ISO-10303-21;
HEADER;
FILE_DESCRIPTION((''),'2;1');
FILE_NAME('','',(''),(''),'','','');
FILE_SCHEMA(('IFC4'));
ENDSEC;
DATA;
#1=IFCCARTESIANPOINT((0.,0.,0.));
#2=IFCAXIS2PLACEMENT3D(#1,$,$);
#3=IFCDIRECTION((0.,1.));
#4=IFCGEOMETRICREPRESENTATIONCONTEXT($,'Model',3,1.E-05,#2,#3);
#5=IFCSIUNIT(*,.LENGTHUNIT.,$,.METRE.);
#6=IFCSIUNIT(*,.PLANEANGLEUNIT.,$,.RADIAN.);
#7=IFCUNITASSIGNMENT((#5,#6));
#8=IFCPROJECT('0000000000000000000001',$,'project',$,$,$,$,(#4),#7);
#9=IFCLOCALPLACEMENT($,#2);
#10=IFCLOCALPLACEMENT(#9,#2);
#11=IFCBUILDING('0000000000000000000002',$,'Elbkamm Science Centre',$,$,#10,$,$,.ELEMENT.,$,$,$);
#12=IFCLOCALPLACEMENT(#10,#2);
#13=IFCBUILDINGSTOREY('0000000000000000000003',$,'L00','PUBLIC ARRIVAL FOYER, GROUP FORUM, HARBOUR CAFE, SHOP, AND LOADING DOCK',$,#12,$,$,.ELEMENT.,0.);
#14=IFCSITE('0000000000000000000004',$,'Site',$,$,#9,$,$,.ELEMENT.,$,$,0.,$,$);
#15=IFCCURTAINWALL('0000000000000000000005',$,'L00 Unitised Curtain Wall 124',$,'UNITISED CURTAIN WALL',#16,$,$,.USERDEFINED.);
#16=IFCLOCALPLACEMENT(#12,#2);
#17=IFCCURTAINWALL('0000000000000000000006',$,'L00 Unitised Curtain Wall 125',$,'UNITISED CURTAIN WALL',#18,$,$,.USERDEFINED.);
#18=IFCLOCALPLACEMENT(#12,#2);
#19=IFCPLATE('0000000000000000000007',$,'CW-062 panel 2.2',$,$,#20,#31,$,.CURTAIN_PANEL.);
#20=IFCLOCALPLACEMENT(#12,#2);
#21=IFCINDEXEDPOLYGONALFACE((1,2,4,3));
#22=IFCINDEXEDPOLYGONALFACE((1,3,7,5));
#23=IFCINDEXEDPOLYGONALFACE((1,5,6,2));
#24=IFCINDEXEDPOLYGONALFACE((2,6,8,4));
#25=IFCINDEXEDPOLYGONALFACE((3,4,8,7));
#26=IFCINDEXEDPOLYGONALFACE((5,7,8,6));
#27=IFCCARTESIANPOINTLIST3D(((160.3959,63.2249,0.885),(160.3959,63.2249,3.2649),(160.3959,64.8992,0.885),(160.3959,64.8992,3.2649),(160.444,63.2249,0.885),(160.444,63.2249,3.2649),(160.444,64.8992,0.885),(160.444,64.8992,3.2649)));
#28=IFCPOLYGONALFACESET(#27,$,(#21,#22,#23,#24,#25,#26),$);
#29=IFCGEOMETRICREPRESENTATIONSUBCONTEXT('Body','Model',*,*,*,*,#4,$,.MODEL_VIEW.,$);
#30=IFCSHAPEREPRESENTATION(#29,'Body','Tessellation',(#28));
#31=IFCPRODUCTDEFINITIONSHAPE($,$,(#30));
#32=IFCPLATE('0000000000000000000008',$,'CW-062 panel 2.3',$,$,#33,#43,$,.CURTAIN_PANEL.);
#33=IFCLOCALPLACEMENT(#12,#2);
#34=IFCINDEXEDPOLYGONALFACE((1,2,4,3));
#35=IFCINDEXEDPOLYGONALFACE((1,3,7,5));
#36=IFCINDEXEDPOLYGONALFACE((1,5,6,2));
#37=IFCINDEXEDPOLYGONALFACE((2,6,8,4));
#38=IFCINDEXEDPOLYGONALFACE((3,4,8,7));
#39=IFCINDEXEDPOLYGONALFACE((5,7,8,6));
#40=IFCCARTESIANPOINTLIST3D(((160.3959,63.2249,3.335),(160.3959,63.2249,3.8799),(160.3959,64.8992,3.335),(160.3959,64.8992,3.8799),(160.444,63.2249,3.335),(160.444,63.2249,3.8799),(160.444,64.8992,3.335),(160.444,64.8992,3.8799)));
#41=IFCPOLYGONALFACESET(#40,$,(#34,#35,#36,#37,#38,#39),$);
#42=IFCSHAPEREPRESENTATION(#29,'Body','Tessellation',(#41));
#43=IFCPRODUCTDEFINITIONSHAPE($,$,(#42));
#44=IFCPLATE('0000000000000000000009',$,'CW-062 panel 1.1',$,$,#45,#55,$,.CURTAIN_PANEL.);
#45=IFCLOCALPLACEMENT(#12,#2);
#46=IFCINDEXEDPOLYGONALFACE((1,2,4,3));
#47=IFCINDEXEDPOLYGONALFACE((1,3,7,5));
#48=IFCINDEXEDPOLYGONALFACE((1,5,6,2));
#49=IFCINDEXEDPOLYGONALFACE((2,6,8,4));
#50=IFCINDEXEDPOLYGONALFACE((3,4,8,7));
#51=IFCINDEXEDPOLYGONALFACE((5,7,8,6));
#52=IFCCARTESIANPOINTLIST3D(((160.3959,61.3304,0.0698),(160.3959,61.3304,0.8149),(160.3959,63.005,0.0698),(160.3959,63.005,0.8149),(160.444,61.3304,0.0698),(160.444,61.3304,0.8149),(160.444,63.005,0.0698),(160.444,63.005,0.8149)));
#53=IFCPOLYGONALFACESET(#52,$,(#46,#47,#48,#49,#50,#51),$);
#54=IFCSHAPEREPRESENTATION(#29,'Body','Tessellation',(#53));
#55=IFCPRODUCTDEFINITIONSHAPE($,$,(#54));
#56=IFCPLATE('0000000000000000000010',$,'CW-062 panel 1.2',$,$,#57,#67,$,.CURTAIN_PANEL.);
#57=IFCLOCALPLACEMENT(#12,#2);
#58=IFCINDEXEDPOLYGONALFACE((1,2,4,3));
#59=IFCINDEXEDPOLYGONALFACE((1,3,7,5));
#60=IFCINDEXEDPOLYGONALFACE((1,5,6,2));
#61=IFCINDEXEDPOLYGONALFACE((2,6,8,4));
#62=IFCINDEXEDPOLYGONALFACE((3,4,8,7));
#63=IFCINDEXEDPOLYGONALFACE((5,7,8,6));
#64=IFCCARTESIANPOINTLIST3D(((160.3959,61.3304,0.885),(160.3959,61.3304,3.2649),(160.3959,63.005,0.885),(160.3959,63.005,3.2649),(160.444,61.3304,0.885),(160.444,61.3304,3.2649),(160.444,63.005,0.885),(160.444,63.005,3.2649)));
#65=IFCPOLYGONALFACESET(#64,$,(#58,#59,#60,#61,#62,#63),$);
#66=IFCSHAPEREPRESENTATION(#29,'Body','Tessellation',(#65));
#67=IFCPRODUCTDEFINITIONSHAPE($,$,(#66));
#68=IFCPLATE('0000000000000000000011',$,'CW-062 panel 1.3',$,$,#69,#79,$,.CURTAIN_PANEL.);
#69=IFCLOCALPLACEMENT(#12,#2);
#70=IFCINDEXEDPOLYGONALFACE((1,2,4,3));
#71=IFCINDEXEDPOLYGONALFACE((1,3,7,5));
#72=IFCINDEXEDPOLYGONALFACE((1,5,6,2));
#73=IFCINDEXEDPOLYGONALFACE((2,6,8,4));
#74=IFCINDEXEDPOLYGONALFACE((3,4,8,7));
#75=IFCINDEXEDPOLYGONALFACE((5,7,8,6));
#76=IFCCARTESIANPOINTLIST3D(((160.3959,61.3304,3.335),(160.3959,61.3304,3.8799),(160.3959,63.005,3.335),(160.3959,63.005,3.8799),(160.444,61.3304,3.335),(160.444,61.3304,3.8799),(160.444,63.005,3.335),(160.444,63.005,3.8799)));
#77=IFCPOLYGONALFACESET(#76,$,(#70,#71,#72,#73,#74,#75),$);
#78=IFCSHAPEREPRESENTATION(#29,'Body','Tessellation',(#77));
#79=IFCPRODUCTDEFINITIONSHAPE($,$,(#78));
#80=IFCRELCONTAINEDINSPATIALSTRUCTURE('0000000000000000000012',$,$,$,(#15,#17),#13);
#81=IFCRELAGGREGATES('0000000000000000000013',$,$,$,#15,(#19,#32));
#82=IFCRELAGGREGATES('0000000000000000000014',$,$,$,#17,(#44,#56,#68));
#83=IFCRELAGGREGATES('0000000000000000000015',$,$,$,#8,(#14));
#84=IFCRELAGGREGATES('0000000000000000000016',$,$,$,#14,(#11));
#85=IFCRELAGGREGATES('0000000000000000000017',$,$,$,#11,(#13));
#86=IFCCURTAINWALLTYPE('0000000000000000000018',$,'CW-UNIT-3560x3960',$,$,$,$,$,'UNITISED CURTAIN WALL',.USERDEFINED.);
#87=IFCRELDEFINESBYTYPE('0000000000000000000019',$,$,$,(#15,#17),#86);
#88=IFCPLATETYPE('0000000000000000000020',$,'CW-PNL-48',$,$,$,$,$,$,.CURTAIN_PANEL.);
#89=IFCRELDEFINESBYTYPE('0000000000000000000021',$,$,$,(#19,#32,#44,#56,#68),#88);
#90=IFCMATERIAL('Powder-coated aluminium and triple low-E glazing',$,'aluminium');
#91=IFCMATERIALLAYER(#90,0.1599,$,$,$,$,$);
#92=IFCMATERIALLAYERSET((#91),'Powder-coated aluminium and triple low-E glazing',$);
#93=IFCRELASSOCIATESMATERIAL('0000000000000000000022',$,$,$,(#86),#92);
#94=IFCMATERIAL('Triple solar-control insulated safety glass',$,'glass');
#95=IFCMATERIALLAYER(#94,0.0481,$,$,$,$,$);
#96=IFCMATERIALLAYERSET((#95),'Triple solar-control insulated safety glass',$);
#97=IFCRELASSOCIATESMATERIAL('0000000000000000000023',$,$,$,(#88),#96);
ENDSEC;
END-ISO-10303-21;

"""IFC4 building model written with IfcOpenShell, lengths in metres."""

from ifc_helpers import new_model, si_unit, direction, frame, origin, origin_2d, place, context, subcontext, project, spatial, rectangle, extrude, material, layer, layer_set, type_object, element, aggregate, save


model = new_model("IFC4")

# Units and contexts
model_context = context("Model", 3, precision=1e-05, world=origin(), true_north=direction((0.0, 1.0)))
body_context = subcontext(model_context, "Body", "Model", "MODEL_VIEW")
ifc_project = project(units=[si_unit("LENGTHUNIT", "METRE"), si_unit("PLANEANGLEUNIT", "RADIAN")], contexts=[model_context])

# Site, building, storey
site_placement = place(None, origin())
site = spatial("IfcSite", under=ifc_project, at=site_placement, Name="Site", CompositionType="ELEMENT", RefElevation=0.0)
building_placement = place(site_placement, origin())
building = spatial("IfcBuilding", under=site, at=building_placement, Name="Elbkamm Science Centre", CompositionType="ELEMENT")
storey_placement = place(building_placement, origin())
storey = spatial("IfcBuildingStorey", under=building, at=storey_placement, Name="L00", Description="PUBLIC ARRIVAL FOYER, GROUP FORUM, HARBOUR CAFE, SHOP, AND LOADING DOCK", CompositionType="ELEMENT", Elevation=0.0)

# Curtain walls
ifc_material_1 = material(Name="Powder-coated aluminium and triple low-E glazing", Category="aluminium")
ifc_layer_1 = layer(ifc_material_1, 0.1599)
ifc_layer_set_1 = layer_set([ifc_layer_1], Name="Powder-coated aluminium and triple low-E glazing")
curtain_wall_type = type_object("IfcCurtainWallType", Name="CW-UNIT-3560x3960", ElementType="UNITISED CURTAIN WALL", PredefinedType="USERDEFINED", material=ifc_layer_set_1)
curtain_wall_1_placement = place(storey_placement, origin())
curtain_wall_1 = element("IfcCurtainWall", 1, at=curtain_wall_1_placement, inside=storey, type_object=curtain_wall_type, Name="L00 Unitised Curtain Wall 124", ObjectType="UNITISED CURTAIN WALL", PredefinedType="USERDEFINED")
curtain_wall_2_placement = place(storey_placement, origin())
curtain_wall_2 = element("IfcCurtainWall", 2, at=curtain_wall_2_placement, inside=storey, type_object=curtain_wall_type, Name="L00 Unitised Curtain Wall 125", ObjectType="UNITISED CURTAIN WALL", PredefinedType="USERDEFINED")

# Plates
ifc_material_2 = material(Name="Triple solar-control insulated safety glass", Category="glass")
ifc_layer_2 = layer(ifc_material_2, 0.0481)
ifc_layer_set_2 = layer_set([ifc_layer_2], Name="Triple solar-control insulated safety glass")
plate_type = type_object("IfcPlateType", Name="CW-PNL-48", PredefinedType="CURTAIN_PANEL", material=ifc_layer_set_2)
plate_1_placement = place(storey_placement, frame((160.4199, 64.062, 0.885), z_axis=(0.0, 0.0, 1.0), x_axis=(0.0, -1.0, 0.0)))
plate_1 = element("IfcPlate", 3, at=plate_1_placement, type_object=plate_type, Name="CW-062 panel 2.2", PredefinedType="CURTAIN_PANEL", context=body_context, shape_type="SweptSolid", body=[
    extrude(rectangle(XDim=1.6743, YDim=0.0481, at=origin_2d()), origin(), (0.0, 0.0, 1.0), 2.3799),
])
plate_2_placement = place(storey_placement, frame((160.4199, 64.062, 3.335), z_axis=(0.0, 0.0, 1.0), x_axis=(0.0, -1.0, 0.0)))
plate_2 = element("IfcPlate", 4, at=plate_2_placement, type_object=plate_type, Name="CW-062 panel 2.3", PredefinedType="CURTAIN_PANEL", context=body_context, shape_type="SweptSolid", body=[
    extrude(rectangle(XDim=1.6743, YDim=0.0481, at=origin_2d()), origin(), (0.0, 0.0, 1.0), 0.5449),
])
aggregate(curtain_wall_1, [plate_1, plate_2])
plate_3_placement = place(storey_placement, frame((160.4199, 62.1677, 0.0698), z_axis=(0.0, 0.0, 1.0), x_axis=(0.0, -1.0, 0.0)))
plate_3 = element("IfcPlate", 5, at=plate_3_placement, type_object=plate_type, Name="CW-062 panel 1.1", PredefinedType="CURTAIN_PANEL", context=body_context, shape_type="SweptSolid", body=[
    extrude(rectangle(XDim=1.6746, YDim=0.0481, at=origin_2d()), origin(), (0.0, 0.0, 1.0), 0.7451),
])
plate_4_placement = place(storey_placement, frame((160.4199, 62.1677, 0.885), z_axis=(0.0, 0.0, 1.0), x_axis=(0.0, -1.0, 0.0)))
plate_4 = element("IfcPlate", 6, at=plate_4_placement, type_object=plate_type, Name="CW-062 panel 1.2", PredefinedType="CURTAIN_PANEL", context=body_context, shape_type="SweptSolid", body=[
    extrude(rectangle(XDim=1.6746, YDim=0.0481, at=origin_2d()), origin(), (0.0, 0.0, 1.0), 2.3799),
])
plate_5_placement = place(storey_placement, frame((160.4199, 62.1677, 3.335), z_axis=(0.0, 0.0, 1.0), x_axis=(0.0, -1.0, 0.0)))
plate_5 = element("IfcPlate", 7, at=plate_5_placement, type_object=plate_type, Name="CW-062 panel 1.3", PredefinedType="CURTAIN_PANEL", context=body_context, shape_type="SweptSolid", body=[
    extrude(rectangle(XDim=1.6746, YDim=0.0481, at=origin_2d()), origin(), (0.0, 0.0, 1.0), 0.5449),
])
aggregate(curtain_wall_2, [plate_3, plate_4, plate_5])

save(model, "model.ifc")
